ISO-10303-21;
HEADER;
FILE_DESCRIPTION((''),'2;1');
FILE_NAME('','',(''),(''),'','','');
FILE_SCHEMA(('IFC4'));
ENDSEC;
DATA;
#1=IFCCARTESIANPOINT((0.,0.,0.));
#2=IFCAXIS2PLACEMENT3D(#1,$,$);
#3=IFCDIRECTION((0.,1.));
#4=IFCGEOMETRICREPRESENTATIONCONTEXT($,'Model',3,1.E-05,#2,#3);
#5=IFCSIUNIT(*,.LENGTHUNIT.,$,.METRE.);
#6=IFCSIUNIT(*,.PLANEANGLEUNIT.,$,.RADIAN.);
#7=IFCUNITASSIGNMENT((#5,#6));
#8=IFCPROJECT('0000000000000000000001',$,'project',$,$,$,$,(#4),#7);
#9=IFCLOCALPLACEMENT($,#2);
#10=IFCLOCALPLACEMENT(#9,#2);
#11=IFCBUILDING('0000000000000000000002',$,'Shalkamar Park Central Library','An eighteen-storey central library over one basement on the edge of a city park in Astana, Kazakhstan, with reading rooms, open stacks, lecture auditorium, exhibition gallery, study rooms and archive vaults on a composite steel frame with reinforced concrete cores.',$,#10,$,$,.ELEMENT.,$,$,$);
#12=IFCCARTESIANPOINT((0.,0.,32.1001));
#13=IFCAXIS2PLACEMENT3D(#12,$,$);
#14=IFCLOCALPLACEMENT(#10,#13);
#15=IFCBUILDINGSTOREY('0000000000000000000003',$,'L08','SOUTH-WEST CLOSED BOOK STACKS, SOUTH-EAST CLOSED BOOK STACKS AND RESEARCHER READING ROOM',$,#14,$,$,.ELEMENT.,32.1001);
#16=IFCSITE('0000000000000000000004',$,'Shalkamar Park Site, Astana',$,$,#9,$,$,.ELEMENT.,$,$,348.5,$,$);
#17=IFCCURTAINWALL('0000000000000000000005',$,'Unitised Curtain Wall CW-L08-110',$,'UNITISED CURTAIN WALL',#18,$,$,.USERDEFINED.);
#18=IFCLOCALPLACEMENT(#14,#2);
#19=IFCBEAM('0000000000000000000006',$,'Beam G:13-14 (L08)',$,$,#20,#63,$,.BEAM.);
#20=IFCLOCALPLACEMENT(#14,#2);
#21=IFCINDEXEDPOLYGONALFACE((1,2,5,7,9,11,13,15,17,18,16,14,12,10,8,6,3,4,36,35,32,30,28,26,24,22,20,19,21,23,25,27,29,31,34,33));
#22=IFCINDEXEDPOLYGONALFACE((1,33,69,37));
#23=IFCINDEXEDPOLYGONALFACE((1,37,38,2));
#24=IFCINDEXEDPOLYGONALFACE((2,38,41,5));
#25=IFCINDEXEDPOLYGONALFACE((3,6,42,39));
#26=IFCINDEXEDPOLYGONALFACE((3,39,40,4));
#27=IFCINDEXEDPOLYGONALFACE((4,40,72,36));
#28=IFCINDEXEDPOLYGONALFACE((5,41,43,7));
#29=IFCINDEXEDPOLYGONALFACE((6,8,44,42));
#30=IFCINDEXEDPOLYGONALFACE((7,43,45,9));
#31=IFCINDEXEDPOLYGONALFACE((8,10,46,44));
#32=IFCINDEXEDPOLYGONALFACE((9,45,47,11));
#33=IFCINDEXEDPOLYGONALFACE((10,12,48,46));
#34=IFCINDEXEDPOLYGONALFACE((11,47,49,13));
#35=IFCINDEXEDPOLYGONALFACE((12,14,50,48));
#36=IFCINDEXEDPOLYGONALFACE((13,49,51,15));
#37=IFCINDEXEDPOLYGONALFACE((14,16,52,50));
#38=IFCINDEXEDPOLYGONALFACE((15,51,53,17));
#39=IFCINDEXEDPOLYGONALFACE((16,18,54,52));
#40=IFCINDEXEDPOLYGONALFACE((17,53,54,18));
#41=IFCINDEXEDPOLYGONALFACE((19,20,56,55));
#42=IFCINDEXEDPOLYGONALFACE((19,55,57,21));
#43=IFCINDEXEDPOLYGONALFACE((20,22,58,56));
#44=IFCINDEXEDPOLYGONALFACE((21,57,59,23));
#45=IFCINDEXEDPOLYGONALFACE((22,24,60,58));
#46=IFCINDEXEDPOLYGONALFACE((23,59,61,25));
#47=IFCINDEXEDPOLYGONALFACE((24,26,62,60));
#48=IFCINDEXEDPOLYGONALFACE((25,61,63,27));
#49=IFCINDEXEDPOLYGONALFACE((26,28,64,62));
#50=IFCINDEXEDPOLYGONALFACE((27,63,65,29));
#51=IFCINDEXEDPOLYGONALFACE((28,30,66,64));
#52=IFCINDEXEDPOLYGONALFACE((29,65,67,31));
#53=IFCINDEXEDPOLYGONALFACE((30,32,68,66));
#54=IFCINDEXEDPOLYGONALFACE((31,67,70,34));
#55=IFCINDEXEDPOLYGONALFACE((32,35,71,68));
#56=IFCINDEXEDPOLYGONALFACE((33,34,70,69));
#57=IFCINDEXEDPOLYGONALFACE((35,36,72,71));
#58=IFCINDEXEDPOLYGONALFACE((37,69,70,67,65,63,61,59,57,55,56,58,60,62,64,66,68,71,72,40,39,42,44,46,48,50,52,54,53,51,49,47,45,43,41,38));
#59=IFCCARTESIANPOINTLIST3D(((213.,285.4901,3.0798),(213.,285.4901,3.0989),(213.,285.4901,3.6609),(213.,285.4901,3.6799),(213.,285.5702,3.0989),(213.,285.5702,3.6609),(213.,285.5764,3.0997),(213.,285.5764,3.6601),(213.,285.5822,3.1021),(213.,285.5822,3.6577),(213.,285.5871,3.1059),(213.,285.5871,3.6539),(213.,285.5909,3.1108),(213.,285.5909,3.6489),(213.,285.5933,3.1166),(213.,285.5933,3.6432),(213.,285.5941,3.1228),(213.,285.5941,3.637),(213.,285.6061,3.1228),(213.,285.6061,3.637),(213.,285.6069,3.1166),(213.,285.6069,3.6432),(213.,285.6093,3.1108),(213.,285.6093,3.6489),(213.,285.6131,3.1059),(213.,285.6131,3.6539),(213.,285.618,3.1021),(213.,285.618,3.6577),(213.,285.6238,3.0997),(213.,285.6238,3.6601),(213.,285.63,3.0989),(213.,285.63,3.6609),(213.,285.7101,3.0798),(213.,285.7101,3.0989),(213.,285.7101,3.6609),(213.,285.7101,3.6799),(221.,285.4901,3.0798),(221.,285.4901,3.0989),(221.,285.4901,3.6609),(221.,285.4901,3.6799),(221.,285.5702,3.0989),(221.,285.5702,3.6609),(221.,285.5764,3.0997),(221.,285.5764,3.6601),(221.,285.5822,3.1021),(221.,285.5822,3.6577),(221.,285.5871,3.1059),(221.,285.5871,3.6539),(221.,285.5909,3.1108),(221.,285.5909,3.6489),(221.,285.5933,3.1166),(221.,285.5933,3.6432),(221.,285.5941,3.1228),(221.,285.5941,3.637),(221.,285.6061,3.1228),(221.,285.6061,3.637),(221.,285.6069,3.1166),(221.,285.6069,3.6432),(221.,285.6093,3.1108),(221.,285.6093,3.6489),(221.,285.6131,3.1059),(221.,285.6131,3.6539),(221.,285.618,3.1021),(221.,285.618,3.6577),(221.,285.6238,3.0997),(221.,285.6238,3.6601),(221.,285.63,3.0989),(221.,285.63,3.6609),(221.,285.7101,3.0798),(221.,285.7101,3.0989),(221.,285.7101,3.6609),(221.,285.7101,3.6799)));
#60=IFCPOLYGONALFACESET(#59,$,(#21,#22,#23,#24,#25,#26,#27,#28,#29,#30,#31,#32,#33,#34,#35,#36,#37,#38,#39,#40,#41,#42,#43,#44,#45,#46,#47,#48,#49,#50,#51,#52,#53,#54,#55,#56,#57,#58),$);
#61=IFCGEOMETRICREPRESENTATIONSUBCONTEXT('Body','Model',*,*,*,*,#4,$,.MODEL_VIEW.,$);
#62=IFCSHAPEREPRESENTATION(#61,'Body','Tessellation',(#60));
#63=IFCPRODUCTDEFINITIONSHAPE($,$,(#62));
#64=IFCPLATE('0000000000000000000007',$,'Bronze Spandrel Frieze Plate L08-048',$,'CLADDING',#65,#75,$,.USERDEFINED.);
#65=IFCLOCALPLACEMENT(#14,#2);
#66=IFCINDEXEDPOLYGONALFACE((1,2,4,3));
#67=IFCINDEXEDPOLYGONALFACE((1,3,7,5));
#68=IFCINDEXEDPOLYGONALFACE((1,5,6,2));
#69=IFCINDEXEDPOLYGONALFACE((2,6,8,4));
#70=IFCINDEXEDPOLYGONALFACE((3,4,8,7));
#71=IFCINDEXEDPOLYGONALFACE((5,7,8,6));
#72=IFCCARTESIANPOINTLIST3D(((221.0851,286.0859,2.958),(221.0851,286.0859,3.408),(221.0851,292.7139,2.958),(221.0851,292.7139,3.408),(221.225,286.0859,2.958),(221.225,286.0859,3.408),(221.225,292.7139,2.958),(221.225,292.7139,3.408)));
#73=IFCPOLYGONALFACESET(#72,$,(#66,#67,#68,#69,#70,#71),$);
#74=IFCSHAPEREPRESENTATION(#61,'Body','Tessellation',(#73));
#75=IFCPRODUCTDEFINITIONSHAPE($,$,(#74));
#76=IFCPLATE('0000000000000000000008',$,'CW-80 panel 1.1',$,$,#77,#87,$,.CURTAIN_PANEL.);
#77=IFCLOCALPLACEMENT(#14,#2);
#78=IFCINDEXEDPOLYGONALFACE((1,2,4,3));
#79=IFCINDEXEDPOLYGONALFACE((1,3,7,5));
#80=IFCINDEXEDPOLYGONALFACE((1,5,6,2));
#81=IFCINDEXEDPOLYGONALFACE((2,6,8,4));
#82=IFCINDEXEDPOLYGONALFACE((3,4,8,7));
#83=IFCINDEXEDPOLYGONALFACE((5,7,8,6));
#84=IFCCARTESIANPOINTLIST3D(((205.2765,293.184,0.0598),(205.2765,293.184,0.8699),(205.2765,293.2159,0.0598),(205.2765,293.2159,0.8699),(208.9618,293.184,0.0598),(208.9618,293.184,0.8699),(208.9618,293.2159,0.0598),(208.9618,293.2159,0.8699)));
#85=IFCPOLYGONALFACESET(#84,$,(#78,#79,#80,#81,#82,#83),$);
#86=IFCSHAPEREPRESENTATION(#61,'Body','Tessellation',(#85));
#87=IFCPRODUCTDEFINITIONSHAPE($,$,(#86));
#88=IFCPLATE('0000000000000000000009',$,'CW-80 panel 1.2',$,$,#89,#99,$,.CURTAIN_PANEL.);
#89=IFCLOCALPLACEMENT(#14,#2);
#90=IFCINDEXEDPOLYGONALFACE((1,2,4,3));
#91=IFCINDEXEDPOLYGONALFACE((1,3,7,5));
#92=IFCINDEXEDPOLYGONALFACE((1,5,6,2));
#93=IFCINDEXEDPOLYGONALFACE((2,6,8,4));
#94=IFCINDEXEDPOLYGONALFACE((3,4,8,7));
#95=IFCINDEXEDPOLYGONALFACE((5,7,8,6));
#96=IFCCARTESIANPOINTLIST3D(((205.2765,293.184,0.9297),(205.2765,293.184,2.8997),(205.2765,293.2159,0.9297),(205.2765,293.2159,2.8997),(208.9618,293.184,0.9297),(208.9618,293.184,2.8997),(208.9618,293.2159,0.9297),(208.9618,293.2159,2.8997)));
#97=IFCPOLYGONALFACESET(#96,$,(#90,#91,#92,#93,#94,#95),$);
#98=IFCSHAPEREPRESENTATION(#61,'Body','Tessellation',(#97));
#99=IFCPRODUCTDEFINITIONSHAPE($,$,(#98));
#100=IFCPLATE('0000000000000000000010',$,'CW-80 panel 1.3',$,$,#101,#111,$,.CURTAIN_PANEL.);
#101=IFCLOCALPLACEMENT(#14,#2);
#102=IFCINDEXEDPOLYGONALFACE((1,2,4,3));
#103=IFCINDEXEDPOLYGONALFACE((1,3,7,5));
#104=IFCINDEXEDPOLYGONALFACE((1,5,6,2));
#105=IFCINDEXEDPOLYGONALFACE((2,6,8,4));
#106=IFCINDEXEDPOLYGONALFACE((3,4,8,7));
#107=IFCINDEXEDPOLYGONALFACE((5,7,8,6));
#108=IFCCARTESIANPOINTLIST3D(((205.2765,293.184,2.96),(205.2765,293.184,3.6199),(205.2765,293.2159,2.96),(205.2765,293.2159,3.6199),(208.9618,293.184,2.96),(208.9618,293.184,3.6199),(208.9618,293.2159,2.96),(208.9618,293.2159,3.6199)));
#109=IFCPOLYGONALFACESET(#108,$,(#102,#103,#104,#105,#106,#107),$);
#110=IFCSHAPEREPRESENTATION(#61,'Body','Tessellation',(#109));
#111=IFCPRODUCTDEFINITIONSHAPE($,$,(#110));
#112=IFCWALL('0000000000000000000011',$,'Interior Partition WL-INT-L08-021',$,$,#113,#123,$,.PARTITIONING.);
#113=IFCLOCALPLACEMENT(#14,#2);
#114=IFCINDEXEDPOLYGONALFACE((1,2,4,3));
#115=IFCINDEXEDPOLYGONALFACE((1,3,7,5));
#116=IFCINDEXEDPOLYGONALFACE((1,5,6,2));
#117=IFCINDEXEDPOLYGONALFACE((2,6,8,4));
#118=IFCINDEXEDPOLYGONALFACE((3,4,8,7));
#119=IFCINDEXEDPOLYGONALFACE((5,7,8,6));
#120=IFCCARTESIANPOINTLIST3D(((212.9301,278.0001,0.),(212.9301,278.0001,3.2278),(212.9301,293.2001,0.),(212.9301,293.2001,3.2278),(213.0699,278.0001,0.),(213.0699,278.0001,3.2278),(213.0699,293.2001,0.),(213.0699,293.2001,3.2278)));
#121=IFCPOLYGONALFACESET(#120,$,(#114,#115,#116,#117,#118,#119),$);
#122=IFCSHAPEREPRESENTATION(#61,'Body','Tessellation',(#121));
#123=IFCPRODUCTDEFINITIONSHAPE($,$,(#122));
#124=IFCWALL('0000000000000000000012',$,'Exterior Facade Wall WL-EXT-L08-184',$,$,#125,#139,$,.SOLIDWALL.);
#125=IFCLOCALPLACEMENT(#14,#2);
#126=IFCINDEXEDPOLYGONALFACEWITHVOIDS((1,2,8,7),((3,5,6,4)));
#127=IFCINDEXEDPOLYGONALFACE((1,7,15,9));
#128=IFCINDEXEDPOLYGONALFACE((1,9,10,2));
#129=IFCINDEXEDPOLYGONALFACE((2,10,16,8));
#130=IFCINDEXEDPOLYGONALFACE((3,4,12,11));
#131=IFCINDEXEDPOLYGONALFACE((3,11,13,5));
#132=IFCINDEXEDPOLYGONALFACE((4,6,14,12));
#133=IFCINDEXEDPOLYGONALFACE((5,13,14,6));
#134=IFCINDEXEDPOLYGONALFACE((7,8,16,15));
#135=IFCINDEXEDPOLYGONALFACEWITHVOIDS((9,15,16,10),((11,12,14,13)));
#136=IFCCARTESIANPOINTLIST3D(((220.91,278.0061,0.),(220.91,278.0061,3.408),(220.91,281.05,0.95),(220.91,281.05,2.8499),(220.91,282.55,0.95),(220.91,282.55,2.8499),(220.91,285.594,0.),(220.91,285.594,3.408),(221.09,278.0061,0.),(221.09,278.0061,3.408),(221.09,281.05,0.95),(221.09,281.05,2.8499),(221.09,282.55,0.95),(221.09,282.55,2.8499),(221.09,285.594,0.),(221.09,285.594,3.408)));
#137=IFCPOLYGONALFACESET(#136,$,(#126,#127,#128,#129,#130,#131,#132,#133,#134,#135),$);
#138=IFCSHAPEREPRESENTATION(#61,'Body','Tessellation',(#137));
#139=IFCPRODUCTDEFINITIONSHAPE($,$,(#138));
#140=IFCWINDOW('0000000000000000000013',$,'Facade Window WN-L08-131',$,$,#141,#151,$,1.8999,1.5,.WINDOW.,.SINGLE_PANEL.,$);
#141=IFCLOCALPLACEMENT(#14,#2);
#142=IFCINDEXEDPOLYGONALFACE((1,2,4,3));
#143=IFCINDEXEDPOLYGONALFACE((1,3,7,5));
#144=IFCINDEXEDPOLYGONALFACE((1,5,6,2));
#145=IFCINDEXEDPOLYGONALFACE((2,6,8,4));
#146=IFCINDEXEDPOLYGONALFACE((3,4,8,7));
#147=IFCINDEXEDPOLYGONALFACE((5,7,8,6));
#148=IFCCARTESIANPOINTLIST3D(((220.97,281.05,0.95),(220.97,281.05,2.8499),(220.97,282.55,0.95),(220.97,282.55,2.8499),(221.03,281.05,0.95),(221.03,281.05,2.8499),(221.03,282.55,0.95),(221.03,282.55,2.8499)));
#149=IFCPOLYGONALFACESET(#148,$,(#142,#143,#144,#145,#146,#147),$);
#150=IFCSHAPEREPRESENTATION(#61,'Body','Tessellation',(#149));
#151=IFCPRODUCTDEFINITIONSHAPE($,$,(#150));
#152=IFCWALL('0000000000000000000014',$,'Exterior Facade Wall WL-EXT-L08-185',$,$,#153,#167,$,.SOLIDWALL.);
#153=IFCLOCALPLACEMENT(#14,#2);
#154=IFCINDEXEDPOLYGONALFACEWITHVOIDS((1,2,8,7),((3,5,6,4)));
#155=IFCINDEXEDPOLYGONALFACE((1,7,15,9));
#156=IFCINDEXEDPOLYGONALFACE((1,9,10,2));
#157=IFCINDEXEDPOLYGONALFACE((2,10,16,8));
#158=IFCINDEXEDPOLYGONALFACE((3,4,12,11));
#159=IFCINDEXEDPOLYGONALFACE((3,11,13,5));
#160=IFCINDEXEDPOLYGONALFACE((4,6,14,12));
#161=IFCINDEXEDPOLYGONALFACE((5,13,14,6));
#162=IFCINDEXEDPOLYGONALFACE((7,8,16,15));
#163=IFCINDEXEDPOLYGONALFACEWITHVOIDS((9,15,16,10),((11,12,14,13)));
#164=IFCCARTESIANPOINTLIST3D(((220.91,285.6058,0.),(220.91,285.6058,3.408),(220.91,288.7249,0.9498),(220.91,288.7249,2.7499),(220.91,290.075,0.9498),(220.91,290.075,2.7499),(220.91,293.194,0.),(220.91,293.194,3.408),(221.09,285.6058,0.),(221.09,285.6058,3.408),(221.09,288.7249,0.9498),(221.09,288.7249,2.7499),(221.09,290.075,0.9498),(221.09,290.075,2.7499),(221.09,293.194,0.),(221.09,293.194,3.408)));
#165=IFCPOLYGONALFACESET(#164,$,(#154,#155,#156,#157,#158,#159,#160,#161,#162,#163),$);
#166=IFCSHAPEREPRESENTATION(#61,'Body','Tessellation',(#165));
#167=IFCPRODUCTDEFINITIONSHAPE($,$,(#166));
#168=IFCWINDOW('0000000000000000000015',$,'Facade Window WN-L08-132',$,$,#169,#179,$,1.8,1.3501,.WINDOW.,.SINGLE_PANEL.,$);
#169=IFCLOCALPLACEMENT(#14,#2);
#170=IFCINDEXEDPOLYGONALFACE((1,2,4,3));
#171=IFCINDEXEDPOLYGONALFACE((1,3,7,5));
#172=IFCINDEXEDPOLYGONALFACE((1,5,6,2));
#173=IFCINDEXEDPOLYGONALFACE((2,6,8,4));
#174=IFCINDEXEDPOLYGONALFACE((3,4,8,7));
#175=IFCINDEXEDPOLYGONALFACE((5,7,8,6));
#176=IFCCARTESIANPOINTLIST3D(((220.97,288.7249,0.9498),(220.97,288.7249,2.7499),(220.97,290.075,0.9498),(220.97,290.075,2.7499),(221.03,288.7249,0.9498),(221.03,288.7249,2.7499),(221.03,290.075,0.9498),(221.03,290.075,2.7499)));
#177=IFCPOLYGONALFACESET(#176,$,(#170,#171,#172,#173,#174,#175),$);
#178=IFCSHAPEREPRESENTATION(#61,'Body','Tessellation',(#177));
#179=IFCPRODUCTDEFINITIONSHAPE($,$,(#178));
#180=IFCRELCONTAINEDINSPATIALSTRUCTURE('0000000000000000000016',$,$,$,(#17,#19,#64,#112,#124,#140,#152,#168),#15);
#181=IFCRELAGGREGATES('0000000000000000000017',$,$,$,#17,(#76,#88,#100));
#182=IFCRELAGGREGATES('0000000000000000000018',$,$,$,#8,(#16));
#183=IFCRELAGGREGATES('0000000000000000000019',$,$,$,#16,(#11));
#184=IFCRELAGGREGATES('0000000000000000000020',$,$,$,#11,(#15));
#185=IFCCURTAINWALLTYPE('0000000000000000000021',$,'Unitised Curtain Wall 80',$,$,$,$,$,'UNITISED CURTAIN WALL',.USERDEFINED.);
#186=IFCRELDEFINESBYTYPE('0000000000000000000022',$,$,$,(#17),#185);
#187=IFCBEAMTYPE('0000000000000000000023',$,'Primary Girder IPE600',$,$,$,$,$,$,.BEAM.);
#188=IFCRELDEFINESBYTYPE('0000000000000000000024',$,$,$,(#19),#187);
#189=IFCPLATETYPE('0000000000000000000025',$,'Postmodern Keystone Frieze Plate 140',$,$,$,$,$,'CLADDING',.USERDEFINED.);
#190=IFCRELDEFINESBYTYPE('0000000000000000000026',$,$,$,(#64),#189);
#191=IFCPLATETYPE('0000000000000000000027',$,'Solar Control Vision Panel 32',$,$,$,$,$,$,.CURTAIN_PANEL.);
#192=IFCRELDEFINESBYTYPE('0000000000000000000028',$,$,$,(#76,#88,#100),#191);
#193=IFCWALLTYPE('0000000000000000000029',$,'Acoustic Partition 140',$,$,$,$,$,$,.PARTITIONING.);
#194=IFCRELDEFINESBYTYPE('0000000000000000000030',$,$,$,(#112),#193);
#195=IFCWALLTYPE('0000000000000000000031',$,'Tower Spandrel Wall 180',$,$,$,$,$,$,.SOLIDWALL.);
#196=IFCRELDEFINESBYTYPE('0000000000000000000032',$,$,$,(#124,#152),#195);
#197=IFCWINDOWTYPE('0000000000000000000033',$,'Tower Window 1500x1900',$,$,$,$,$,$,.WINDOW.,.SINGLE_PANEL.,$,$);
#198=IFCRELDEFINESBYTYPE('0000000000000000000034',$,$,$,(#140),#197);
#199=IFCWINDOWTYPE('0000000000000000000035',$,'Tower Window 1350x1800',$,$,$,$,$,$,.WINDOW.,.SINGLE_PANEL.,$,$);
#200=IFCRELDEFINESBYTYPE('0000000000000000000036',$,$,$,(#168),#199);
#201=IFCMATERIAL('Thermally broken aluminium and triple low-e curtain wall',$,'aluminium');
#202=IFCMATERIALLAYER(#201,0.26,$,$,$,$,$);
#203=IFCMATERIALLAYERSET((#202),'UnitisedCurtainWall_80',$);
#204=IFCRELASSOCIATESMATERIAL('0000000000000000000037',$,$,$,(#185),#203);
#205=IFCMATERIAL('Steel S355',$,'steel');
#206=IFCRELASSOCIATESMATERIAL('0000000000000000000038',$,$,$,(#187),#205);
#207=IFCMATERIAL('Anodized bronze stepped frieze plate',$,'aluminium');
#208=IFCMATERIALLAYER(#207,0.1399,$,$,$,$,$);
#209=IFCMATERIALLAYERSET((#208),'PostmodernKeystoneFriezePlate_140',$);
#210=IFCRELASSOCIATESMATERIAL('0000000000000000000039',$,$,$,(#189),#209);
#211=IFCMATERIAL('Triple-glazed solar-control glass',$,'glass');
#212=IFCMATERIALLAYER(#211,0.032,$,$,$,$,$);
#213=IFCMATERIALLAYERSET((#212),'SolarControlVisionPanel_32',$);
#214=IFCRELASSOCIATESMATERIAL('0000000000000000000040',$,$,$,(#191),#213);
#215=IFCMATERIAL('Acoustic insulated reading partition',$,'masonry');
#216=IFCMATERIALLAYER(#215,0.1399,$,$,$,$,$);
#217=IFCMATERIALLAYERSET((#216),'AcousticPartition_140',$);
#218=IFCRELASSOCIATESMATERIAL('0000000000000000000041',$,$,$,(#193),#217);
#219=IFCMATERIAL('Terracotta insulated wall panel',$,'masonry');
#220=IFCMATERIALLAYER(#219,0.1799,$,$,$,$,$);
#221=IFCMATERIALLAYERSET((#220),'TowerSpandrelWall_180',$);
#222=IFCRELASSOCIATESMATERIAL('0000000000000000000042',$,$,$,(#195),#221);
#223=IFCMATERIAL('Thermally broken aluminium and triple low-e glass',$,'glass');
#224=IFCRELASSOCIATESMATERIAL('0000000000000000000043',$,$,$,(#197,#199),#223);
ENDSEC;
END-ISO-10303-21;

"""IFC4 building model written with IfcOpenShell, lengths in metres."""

from ifc_helpers import new_model, si_unit, direction, frame, frame_2d, origin, origin_2d, place, context, subcontext, project, spatial, rectangle, i_section, extrude, material, layer, layer_set, material_profile, profile_set, type_object, element, fill, aggregate, save


model = new_model("IFC4")

# Units and contexts
model_context = context("Model", 3, precision=1e-05, world=origin(), true_north=direction((0.0, 1.0)))
body_context = subcontext(model_context, "Body", "Model", "MODEL_VIEW")
ifc_project = project(units=[si_unit("LENGTHUNIT", "METRE"), si_unit("PLANEANGLEUNIT", "RADIAN")], contexts=[model_context])

# Site, building, storey
site_placement = place(None, origin())
site = spatial("IfcSite", under=ifc_project, at=site_placement, Name="Shalkamar Park Site, Astana", CompositionType="ELEMENT", RefElevation=348.5)
building_placement = place(site_placement, origin())
building = spatial("IfcBuilding", under=site, at=building_placement, Name="Shalkamar Park Central Library", Description="An eighteen-storey central library over one basement on the edge of a city park in Astana, Kazakhstan, with reading rooms, open stacks, lecture auditorium, exhibition gallery, study rooms and archive vaults on a composite steel frame with reinforced concrete cores.", CompositionType="ELEMENT")
storey_placement = place(building_placement, frame((0.0, 0.0, 32.1001)))
storey = spatial("IfcBuildingStorey", under=building, at=storey_placement, Name="L08", Description="SOUTH-WEST CLOSED BOOK STACKS, SOUTH-EAST CLOSED BOOK STACKS AND RESEARCHER READING ROOM", CompositionType="ELEMENT", Elevation=32.1001)

# Shared definitions
ifc_material_1 = material(Name="Steel S355", Category="steel")

# Curtain wall
ifc_material_2 = material(Name="Thermally broken aluminium and triple low-e curtain wall", Category="aluminium")
ifc_layer_1 = layer(ifc_material_2, 0.26)
ifc_layer_set_1 = layer_set([ifc_layer_1], Name="UnitisedCurtainWall_80")
curtain_wall_type = type_object("IfcCurtainWallType", Name="Unitised Curtain Wall 80", ElementType="UNITISED CURTAIN WALL", PredefinedType="USERDEFINED", material=ifc_layer_set_1)
curtain_wall_placement = place(storey_placement, origin())
curtain_wall = element("IfcCurtainWall", 1, at=curtain_wall_placement, inside=storey, type_object=curtain_wall_type, Name="Unitised Curtain Wall CW-L08-110", ObjectType="UNITISED CURTAIN WALL", PredefinedType="USERDEFINED")

# Beam
ifc_material_profile_1 = material_profile(ifc_material_1, i_section(OverallWidth=0.22, OverallDepth=0.6001, WebThickness=0.012, FlangeThickness=0.019, FilletRadius=0.0239, at=origin_2d()), Name="IPE 600")
ifc_profile_set_1 = profile_set([ifc_material_profile_1], Name="Steel S355")
beam_type_1 = type_object("IfcBeamType", Name="Primary Girder IPE600", PredefinedType="BEAM", material=ifc_profile_set_1)
for number, where, z_axis, x_axis, name in (
    (2, (213.0, 285.6001, 3.3799), (1.0, 0.0, 0.0), (0.0, 1.0, 0.0), "Beam G:13-14 (L08)"),
):
    element("IfcBeam", number, at=place(storey_placement, frame(where, z_axis=z_axis, x_axis=x_axis)), inside=storey, type_object=beam_type_1, Name=name, PredefinedType="BEAM", context=body_context, shape_type="SweptSolid", body=[
        extrude(i_section(OverallWidth=0.22, OverallDepth=0.6001, WebThickness=0.012, FlangeThickness=0.019, FilletRadius=0.0239, at=origin_2d()), origin(), (0.0, 0.0, 1.0), 8.0),
    ])

# Plates
ifc_material_3 = material(Name="Anodized bronze stepped frieze plate", Category="aluminium")
ifc_layer_2 = layer(ifc_material_3, 0.1399)
ifc_layer_set_2 = layer_set([ifc_layer_2], Name="PostmodernKeystoneFriezePlate_140")
plate_type_1 = type_object("IfcPlateType", Name="Postmodern Keystone Frieze Plate 140", ElementType="CLADDING", PredefinedType="USERDEFINED", material=ifc_layer_set_2)
plate_1_placement = place(storey_placement, frame((221.155, 289.3999, 2.958), z_axis=(0.0, 0.0, 1.0), x_axis=(1.0, 0.0, 0.0)))
element("IfcPlate", 3, at=plate_1_placement, inside=storey, type_object=plate_type_1, Name="Bronze Spandrel Frieze Plate L08-048", ObjectType="CLADDING", PredefinedType="USERDEFINED", context=body_context, shape_type="SweptSolid", body=[
    extrude(rectangle(XDim=0.1399, YDim=6.6279, at=origin_2d()), origin(), (0.0, 0.0, 1.0), 0.45),
])
ifc_material_4 = material(Name="Triple-glazed solar-control glass", Category="glass")
ifc_layer_3 = layer(ifc_material_4, 0.032)
ifc_layer_set_3 = layer_set([ifc_layer_3], Name="SolarControlVisionPanel_32")
plate_type_2 = type_object("IfcPlateType", Name="Solar Control Vision Panel 32", PredefinedType="CURTAIN_PANEL", material=ifc_layer_set_3)
plate_2_placement = place(storey_placement, frame((207.1191, 293.2, 0.0598), z_axis=(0.0, 0.0, 1.0), x_axis=(1.0, 0.0, 0.0)))
plate_2 = element("IfcPlate", 4, at=plate_2_placement, type_object=plate_type_2, Name="CW-80 panel 1.1", PredefinedType="CURTAIN_PANEL", context=body_context, shape_type="SweptSolid", body=[
    extrude(rectangle(XDim=3.6853, YDim=0.032, at=origin_2d()), origin(), (0.0, 0.0, 1.0), 0.8101),
])
plate_3_placement = place(storey_placement, frame((207.1191, 293.2, 0.9297), z_axis=(0.0, 0.0, 1.0), x_axis=(1.0, 0.0, 0.0)))
plate_3 = element("IfcPlate", 5, at=plate_3_placement, type_object=plate_type_2, Name="CW-80 panel 1.2", PredefinedType="CURTAIN_PANEL", context=body_context, shape_type="SweptSolid", body=[
    extrude(rectangle(XDim=3.6853, YDim=0.032, at=origin_2d()), origin(), (0.0, 0.0, 1.0), 1.97),
])
plate_4_placement = place(storey_placement, frame((207.1191, 293.2, 2.96), z_axis=(0.0, 0.0, 1.0), x_axis=(1.0, 0.0, 0.0)))
plate_4 = element("IfcPlate", 6, at=plate_4_placement, type_object=plate_type_2, Name="CW-80 panel 1.3", PredefinedType="CURTAIN_PANEL", context=body_context, shape_type="SweptSolid", body=[
    extrude(rectangle(XDim=3.6853, YDim=0.032, at=origin_2d()), origin(), (0.0, 0.0, 1.0), 0.6599),
])
aggregate(curtain_wall, [plate_2, plate_3, plate_4])

# Wall
ifc_material_5 = material(Name="Acoustic insulated reading partition", Category="masonry")
ifc_layer_4 = layer(ifc_material_5, 0.1399)
ifc_layer_set_4 = layer_set([ifc_layer_4], Name="AcousticPartition_140")
wall_type_1 = type_object("IfcWallType", Name="Acoustic Partition 140", PredefinedType="PARTITIONING", material=ifc_layer_set_4)
wall_1_placement = place(storey_placement, frame((213.0, 278.0, 0.0), z_axis=(0.0, 0.0, 1.0), x_axis=(0.0, 1.0, 0.0)))
element("IfcWall", 7, at=wall_1_placement, inside=storey, type_object=wall_type_1, Name="Interior Partition WL-INT-L08-021", PredefinedType="PARTITIONING", context=body_context, shape_type="SweptSolid", body=[
    extrude(rectangle(XDim=15.2, YDim=0.1399, at=frame_2d((7.6001, 0.0))), origin(), (0.0, 0.0, 1.0), 3.2278),
])

# Walls, openings, windows
ifc_material_6 = material(Name="Terracotta insulated wall panel", Category="masonry")
ifc_layer_5 = layer(ifc_material_6, 0.1799)
ifc_layer_set_5 = layer_set([ifc_layer_5], Name="TowerSpandrelWall_180")
wall_type_2 = type_object("IfcWallType", Name="Tower Spandrel Wall 180", PredefinedType="SOLIDWALL", material=ifc_layer_set_5)
wall_2_placement = place(storey_placement, frame((221.0, 278.0061, 0.0), z_axis=(0.0, 0.0, 1.0), x_axis=(0.0, 1.0, 0.0)))
wall_2 = element("IfcWall", 8, at=wall_2_placement, inside=storey, type_object=wall_type_2, Name="Exterior Facade Wall WL-EXT-L08-184", PredefinedType="SOLIDWALL", context=body_context, shape_type="SweptSolid", body=[
    extrude(rectangle(XDim=7.5879, YDim=0.1799, at=frame_2d((3.7939, 0.0))), origin(), (0.0, 0.0, 1.0), 3.408),
])
opening_1_placement = place(wall_2_placement, frame((3.0439, 0.0, 0.95)))
opening_1 = element("IfcOpeningElement", 9, at=opening_1_placement, cuts=wall_2, PredefinedType="OPENING", context=body_context, shape_type="SweptSolid", body=[
    extrude(rectangle(XDim=1.5, YDim=1.8999, at=frame_2d((0.75, 0.95))), frame((0.0, 0.105, 0.0), z_axis=(0.0, -1.0, 0.0), x_axis=(1.0, 0.0, 0.0)), (0.0, 0.0, 1.0), 0.2097),
])
ifc_material_7 = material(Name="Thermally broken aluminium and triple low-e glass", Category="glass")
window_type_1 = type_object("IfcWindowType", Name="Tower Window 1500x1900", PartitioningType="SINGLE_PANEL", PredefinedType="WINDOW", material=ifc_material_7)
window_1_placement = place(opening_1_placement, origin())
window_1 = element("IfcWindow", 10, at=window_1_placement, inside=storey, type_object=window_type_1, Name="Facade Window WN-L08-131", OverallHeight=1.8999, OverallWidth=1.5, PartitioningType="SINGLE_PANEL", PredefinedType="WINDOW", context=body_context, shape_type="SweptSolid", body=[
    extrude(rectangle(XDim=1.5, YDim=1.8999, at=frame_2d((0.75, 0.95))), frame((0.0, 0.03, 0.0), z_axis=(0.0, -1.0, 0.0), x_axis=(1.0, 0.0, 0.0)), (0.0, 0.0, 1.0), 0.0601),
])
fill(opening_1, window_1)
wall_3_placement = place(storey_placement, frame((221.0, 285.606, 0.0), z_axis=(0.0, 0.0, 1.0), x_axis=(0.0, 1.0, 0.0)))
wall_3 = element("IfcWall", 11, at=wall_3_placement, inside=storey, type_object=wall_type_2, Name="Exterior Facade Wall WL-EXT-L08-185", PredefinedType="SOLIDWALL", context=body_context, shape_type="SweptSolid", body=[
    extrude(rectangle(XDim=7.5881, YDim=0.1799, at=frame_2d((3.7939, 0.0))), origin(), (0.0, 0.0, 1.0), 3.408),
])
opening_2_placement = place(wall_3_placement, frame((3.1189, 0.0, 0.95)))
opening_2 = element("IfcOpeningElement", 12, at=opening_2_placement, cuts=wall_3, PredefinedType="OPENING", context=body_context, shape_type="SweptSolid", body=[
    extrude(rectangle(XDim=1.3501, YDim=1.8, at=frame_2d((0.675, 0.8999))), frame((0.0, 0.105, 0.0), z_axis=(0.0, -1.0, 0.0), x_axis=(1.0, 0.0, 0.0)), (0.0, 0.0, 1.0), 0.2097),
])
window_type_2 = type_object("IfcWindowType", Name="Tower Window 1350x1800", PartitioningType="SINGLE_PANEL", PredefinedType="WINDOW", material=ifc_material_7)
window_2_placement = place(opening_2_placement, origin())
window_2 = element("IfcWindow", 13, at=window_2_placement, inside=storey, type_object=window_type_2, Name="Facade Window WN-L08-132", OverallHeight=1.8, OverallWidth=1.3501, PartitioningType="SINGLE_PANEL", PredefinedType="WINDOW", context=body_context, shape_type="SweptSolid", body=[
    extrude(rectangle(XDim=1.3501, YDim=1.8, at=frame_2d((0.675, 0.8999))), frame((0.0, 0.03, 0.0), z_axis=(0.0, -1.0, 0.0), x_axis=(1.0, 0.0, 0.0)), (0.0, 0.0, 1.0), 0.0601),
])
fill(opening_2, window_2)

save(model, "model.ifc")
